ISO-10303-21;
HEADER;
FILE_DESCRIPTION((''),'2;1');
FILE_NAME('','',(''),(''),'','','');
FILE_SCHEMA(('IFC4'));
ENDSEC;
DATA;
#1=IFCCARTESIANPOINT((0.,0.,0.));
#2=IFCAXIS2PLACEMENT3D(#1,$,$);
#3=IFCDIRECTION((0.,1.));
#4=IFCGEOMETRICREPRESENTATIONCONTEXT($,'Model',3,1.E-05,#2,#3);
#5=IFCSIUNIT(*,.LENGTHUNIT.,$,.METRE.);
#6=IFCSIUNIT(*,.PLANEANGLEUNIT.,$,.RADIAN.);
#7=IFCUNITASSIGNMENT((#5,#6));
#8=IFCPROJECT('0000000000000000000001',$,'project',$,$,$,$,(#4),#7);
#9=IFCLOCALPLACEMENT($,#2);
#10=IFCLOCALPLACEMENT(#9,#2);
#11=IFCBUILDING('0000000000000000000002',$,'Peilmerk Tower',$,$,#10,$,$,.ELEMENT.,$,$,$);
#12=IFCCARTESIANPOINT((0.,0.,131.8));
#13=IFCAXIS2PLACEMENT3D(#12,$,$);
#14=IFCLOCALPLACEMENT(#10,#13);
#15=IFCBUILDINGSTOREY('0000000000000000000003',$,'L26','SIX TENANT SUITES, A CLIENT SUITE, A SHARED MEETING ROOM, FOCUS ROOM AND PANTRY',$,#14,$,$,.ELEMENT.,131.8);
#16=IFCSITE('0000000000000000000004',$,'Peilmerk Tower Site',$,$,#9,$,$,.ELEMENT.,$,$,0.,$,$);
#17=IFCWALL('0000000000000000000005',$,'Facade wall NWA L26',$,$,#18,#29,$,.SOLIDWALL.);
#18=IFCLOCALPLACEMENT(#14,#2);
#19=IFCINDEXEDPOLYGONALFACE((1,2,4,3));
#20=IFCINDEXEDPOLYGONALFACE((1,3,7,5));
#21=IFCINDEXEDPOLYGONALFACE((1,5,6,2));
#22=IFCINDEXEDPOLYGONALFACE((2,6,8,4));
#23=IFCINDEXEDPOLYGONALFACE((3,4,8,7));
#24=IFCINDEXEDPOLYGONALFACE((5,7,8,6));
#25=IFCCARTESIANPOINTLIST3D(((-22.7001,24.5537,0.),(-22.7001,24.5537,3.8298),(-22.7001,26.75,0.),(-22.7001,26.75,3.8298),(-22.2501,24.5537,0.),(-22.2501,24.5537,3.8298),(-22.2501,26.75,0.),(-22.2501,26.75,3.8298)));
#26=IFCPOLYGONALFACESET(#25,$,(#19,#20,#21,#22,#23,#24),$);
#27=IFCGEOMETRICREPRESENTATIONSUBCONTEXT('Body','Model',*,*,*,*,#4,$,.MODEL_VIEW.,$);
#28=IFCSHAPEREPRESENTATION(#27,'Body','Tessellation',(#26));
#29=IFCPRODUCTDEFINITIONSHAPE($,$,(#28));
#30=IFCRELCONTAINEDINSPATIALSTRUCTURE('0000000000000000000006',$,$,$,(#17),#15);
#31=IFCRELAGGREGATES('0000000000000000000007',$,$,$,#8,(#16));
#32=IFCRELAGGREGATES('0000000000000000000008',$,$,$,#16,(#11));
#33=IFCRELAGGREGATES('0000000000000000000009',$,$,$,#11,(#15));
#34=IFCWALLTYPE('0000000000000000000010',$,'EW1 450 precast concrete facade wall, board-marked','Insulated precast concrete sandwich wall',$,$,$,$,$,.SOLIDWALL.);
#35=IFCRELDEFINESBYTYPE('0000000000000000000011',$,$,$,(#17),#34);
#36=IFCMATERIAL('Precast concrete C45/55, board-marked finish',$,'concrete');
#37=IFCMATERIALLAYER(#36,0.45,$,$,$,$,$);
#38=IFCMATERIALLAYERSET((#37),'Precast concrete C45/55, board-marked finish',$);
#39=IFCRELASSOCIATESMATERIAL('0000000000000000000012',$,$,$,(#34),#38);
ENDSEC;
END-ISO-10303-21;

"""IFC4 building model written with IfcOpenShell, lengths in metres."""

from ifc_helpers import new_model, si_unit, direction, frame, frame_2d, origin, place, context, subcontext, project, spatial, rectangle, extrude, material, layer, layer_set, type_object, element, save


model = new_model("IFC4")

# Units and contexts
model_context = context("Model", 3, precision=1e-05, world=origin(), true_north=direction((0.0, 1.0)))
body_context = subcontext(model_context, "Body", "Model", "MODEL_VIEW")
ifc_project = project(units=[si_unit("LENGTHUNIT", "METRE"), si_unit("PLANEANGLEUNIT", "RADIAN")], contexts=[model_context])

# Site, building, storey
site_placement = place(None, origin())
site = spatial("IfcSite", under=ifc_project, at=site_placement, Name="Peilmerk Tower Site", CompositionType="ELEMENT", RefElevation=0.0)
building_placement = place(site_placement, origin())
building = spatial("IfcBuilding", under=site, at=building_placement, Name="Peilmerk Tower", CompositionType="ELEMENT")
storey_placement = place(building_placement, frame((0.0, 0.0, 131.8)))
storey = spatial("IfcBuildingStorey", under=building, at=storey_placement, Name="L26", Description="SIX TENANT SUITES, A CLIENT SUITE, A SHARED MEETING ROOM, FOCUS ROOM AND PANTRY", CompositionType="ELEMENT", Elevation=131.8)

# Shared definitions
ifc_material_1 = material(Name="Precast concrete C45/55, board-marked finish", Category="concrete")
ifc_layer_1 = layer(ifc_material_1, 0.45)
ifc_layer_set_1 = layer_set([ifc_layer_1], Name="Precast concrete C45/55, board-marked finish")
wall_type = type_object("IfcWallType", Name="EW1 450 precast concrete facade wall, board-marked", Description="Insulated precast concrete sandwich wall", PredefinedType="SOLIDWALL", material=ifc_layer_set_1)

# Wall
wall_1_placement = place(storey_placement, frame((-22.4751, 24.5537, 0.0), z_axis=(0.0, 0.0, 1.0), x_axis=(0.0, 1.0, 0.0)))
element("IfcWall", 1, at=wall_1_placement, inside=storey, type_object=wall_type, Name="Facade wall NWA L26", PredefinedType="SOLIDWALL", context=body_context, shape_type="SweptSolid", body=[
    extrude(rectangle(XDim=2.1963, YDim=0.45, at=frame_2d((1.0981, 0.0))), origin(), (0.0, 0.0, 1.0), 3.8298),
])

save(model, "model.ifc")
